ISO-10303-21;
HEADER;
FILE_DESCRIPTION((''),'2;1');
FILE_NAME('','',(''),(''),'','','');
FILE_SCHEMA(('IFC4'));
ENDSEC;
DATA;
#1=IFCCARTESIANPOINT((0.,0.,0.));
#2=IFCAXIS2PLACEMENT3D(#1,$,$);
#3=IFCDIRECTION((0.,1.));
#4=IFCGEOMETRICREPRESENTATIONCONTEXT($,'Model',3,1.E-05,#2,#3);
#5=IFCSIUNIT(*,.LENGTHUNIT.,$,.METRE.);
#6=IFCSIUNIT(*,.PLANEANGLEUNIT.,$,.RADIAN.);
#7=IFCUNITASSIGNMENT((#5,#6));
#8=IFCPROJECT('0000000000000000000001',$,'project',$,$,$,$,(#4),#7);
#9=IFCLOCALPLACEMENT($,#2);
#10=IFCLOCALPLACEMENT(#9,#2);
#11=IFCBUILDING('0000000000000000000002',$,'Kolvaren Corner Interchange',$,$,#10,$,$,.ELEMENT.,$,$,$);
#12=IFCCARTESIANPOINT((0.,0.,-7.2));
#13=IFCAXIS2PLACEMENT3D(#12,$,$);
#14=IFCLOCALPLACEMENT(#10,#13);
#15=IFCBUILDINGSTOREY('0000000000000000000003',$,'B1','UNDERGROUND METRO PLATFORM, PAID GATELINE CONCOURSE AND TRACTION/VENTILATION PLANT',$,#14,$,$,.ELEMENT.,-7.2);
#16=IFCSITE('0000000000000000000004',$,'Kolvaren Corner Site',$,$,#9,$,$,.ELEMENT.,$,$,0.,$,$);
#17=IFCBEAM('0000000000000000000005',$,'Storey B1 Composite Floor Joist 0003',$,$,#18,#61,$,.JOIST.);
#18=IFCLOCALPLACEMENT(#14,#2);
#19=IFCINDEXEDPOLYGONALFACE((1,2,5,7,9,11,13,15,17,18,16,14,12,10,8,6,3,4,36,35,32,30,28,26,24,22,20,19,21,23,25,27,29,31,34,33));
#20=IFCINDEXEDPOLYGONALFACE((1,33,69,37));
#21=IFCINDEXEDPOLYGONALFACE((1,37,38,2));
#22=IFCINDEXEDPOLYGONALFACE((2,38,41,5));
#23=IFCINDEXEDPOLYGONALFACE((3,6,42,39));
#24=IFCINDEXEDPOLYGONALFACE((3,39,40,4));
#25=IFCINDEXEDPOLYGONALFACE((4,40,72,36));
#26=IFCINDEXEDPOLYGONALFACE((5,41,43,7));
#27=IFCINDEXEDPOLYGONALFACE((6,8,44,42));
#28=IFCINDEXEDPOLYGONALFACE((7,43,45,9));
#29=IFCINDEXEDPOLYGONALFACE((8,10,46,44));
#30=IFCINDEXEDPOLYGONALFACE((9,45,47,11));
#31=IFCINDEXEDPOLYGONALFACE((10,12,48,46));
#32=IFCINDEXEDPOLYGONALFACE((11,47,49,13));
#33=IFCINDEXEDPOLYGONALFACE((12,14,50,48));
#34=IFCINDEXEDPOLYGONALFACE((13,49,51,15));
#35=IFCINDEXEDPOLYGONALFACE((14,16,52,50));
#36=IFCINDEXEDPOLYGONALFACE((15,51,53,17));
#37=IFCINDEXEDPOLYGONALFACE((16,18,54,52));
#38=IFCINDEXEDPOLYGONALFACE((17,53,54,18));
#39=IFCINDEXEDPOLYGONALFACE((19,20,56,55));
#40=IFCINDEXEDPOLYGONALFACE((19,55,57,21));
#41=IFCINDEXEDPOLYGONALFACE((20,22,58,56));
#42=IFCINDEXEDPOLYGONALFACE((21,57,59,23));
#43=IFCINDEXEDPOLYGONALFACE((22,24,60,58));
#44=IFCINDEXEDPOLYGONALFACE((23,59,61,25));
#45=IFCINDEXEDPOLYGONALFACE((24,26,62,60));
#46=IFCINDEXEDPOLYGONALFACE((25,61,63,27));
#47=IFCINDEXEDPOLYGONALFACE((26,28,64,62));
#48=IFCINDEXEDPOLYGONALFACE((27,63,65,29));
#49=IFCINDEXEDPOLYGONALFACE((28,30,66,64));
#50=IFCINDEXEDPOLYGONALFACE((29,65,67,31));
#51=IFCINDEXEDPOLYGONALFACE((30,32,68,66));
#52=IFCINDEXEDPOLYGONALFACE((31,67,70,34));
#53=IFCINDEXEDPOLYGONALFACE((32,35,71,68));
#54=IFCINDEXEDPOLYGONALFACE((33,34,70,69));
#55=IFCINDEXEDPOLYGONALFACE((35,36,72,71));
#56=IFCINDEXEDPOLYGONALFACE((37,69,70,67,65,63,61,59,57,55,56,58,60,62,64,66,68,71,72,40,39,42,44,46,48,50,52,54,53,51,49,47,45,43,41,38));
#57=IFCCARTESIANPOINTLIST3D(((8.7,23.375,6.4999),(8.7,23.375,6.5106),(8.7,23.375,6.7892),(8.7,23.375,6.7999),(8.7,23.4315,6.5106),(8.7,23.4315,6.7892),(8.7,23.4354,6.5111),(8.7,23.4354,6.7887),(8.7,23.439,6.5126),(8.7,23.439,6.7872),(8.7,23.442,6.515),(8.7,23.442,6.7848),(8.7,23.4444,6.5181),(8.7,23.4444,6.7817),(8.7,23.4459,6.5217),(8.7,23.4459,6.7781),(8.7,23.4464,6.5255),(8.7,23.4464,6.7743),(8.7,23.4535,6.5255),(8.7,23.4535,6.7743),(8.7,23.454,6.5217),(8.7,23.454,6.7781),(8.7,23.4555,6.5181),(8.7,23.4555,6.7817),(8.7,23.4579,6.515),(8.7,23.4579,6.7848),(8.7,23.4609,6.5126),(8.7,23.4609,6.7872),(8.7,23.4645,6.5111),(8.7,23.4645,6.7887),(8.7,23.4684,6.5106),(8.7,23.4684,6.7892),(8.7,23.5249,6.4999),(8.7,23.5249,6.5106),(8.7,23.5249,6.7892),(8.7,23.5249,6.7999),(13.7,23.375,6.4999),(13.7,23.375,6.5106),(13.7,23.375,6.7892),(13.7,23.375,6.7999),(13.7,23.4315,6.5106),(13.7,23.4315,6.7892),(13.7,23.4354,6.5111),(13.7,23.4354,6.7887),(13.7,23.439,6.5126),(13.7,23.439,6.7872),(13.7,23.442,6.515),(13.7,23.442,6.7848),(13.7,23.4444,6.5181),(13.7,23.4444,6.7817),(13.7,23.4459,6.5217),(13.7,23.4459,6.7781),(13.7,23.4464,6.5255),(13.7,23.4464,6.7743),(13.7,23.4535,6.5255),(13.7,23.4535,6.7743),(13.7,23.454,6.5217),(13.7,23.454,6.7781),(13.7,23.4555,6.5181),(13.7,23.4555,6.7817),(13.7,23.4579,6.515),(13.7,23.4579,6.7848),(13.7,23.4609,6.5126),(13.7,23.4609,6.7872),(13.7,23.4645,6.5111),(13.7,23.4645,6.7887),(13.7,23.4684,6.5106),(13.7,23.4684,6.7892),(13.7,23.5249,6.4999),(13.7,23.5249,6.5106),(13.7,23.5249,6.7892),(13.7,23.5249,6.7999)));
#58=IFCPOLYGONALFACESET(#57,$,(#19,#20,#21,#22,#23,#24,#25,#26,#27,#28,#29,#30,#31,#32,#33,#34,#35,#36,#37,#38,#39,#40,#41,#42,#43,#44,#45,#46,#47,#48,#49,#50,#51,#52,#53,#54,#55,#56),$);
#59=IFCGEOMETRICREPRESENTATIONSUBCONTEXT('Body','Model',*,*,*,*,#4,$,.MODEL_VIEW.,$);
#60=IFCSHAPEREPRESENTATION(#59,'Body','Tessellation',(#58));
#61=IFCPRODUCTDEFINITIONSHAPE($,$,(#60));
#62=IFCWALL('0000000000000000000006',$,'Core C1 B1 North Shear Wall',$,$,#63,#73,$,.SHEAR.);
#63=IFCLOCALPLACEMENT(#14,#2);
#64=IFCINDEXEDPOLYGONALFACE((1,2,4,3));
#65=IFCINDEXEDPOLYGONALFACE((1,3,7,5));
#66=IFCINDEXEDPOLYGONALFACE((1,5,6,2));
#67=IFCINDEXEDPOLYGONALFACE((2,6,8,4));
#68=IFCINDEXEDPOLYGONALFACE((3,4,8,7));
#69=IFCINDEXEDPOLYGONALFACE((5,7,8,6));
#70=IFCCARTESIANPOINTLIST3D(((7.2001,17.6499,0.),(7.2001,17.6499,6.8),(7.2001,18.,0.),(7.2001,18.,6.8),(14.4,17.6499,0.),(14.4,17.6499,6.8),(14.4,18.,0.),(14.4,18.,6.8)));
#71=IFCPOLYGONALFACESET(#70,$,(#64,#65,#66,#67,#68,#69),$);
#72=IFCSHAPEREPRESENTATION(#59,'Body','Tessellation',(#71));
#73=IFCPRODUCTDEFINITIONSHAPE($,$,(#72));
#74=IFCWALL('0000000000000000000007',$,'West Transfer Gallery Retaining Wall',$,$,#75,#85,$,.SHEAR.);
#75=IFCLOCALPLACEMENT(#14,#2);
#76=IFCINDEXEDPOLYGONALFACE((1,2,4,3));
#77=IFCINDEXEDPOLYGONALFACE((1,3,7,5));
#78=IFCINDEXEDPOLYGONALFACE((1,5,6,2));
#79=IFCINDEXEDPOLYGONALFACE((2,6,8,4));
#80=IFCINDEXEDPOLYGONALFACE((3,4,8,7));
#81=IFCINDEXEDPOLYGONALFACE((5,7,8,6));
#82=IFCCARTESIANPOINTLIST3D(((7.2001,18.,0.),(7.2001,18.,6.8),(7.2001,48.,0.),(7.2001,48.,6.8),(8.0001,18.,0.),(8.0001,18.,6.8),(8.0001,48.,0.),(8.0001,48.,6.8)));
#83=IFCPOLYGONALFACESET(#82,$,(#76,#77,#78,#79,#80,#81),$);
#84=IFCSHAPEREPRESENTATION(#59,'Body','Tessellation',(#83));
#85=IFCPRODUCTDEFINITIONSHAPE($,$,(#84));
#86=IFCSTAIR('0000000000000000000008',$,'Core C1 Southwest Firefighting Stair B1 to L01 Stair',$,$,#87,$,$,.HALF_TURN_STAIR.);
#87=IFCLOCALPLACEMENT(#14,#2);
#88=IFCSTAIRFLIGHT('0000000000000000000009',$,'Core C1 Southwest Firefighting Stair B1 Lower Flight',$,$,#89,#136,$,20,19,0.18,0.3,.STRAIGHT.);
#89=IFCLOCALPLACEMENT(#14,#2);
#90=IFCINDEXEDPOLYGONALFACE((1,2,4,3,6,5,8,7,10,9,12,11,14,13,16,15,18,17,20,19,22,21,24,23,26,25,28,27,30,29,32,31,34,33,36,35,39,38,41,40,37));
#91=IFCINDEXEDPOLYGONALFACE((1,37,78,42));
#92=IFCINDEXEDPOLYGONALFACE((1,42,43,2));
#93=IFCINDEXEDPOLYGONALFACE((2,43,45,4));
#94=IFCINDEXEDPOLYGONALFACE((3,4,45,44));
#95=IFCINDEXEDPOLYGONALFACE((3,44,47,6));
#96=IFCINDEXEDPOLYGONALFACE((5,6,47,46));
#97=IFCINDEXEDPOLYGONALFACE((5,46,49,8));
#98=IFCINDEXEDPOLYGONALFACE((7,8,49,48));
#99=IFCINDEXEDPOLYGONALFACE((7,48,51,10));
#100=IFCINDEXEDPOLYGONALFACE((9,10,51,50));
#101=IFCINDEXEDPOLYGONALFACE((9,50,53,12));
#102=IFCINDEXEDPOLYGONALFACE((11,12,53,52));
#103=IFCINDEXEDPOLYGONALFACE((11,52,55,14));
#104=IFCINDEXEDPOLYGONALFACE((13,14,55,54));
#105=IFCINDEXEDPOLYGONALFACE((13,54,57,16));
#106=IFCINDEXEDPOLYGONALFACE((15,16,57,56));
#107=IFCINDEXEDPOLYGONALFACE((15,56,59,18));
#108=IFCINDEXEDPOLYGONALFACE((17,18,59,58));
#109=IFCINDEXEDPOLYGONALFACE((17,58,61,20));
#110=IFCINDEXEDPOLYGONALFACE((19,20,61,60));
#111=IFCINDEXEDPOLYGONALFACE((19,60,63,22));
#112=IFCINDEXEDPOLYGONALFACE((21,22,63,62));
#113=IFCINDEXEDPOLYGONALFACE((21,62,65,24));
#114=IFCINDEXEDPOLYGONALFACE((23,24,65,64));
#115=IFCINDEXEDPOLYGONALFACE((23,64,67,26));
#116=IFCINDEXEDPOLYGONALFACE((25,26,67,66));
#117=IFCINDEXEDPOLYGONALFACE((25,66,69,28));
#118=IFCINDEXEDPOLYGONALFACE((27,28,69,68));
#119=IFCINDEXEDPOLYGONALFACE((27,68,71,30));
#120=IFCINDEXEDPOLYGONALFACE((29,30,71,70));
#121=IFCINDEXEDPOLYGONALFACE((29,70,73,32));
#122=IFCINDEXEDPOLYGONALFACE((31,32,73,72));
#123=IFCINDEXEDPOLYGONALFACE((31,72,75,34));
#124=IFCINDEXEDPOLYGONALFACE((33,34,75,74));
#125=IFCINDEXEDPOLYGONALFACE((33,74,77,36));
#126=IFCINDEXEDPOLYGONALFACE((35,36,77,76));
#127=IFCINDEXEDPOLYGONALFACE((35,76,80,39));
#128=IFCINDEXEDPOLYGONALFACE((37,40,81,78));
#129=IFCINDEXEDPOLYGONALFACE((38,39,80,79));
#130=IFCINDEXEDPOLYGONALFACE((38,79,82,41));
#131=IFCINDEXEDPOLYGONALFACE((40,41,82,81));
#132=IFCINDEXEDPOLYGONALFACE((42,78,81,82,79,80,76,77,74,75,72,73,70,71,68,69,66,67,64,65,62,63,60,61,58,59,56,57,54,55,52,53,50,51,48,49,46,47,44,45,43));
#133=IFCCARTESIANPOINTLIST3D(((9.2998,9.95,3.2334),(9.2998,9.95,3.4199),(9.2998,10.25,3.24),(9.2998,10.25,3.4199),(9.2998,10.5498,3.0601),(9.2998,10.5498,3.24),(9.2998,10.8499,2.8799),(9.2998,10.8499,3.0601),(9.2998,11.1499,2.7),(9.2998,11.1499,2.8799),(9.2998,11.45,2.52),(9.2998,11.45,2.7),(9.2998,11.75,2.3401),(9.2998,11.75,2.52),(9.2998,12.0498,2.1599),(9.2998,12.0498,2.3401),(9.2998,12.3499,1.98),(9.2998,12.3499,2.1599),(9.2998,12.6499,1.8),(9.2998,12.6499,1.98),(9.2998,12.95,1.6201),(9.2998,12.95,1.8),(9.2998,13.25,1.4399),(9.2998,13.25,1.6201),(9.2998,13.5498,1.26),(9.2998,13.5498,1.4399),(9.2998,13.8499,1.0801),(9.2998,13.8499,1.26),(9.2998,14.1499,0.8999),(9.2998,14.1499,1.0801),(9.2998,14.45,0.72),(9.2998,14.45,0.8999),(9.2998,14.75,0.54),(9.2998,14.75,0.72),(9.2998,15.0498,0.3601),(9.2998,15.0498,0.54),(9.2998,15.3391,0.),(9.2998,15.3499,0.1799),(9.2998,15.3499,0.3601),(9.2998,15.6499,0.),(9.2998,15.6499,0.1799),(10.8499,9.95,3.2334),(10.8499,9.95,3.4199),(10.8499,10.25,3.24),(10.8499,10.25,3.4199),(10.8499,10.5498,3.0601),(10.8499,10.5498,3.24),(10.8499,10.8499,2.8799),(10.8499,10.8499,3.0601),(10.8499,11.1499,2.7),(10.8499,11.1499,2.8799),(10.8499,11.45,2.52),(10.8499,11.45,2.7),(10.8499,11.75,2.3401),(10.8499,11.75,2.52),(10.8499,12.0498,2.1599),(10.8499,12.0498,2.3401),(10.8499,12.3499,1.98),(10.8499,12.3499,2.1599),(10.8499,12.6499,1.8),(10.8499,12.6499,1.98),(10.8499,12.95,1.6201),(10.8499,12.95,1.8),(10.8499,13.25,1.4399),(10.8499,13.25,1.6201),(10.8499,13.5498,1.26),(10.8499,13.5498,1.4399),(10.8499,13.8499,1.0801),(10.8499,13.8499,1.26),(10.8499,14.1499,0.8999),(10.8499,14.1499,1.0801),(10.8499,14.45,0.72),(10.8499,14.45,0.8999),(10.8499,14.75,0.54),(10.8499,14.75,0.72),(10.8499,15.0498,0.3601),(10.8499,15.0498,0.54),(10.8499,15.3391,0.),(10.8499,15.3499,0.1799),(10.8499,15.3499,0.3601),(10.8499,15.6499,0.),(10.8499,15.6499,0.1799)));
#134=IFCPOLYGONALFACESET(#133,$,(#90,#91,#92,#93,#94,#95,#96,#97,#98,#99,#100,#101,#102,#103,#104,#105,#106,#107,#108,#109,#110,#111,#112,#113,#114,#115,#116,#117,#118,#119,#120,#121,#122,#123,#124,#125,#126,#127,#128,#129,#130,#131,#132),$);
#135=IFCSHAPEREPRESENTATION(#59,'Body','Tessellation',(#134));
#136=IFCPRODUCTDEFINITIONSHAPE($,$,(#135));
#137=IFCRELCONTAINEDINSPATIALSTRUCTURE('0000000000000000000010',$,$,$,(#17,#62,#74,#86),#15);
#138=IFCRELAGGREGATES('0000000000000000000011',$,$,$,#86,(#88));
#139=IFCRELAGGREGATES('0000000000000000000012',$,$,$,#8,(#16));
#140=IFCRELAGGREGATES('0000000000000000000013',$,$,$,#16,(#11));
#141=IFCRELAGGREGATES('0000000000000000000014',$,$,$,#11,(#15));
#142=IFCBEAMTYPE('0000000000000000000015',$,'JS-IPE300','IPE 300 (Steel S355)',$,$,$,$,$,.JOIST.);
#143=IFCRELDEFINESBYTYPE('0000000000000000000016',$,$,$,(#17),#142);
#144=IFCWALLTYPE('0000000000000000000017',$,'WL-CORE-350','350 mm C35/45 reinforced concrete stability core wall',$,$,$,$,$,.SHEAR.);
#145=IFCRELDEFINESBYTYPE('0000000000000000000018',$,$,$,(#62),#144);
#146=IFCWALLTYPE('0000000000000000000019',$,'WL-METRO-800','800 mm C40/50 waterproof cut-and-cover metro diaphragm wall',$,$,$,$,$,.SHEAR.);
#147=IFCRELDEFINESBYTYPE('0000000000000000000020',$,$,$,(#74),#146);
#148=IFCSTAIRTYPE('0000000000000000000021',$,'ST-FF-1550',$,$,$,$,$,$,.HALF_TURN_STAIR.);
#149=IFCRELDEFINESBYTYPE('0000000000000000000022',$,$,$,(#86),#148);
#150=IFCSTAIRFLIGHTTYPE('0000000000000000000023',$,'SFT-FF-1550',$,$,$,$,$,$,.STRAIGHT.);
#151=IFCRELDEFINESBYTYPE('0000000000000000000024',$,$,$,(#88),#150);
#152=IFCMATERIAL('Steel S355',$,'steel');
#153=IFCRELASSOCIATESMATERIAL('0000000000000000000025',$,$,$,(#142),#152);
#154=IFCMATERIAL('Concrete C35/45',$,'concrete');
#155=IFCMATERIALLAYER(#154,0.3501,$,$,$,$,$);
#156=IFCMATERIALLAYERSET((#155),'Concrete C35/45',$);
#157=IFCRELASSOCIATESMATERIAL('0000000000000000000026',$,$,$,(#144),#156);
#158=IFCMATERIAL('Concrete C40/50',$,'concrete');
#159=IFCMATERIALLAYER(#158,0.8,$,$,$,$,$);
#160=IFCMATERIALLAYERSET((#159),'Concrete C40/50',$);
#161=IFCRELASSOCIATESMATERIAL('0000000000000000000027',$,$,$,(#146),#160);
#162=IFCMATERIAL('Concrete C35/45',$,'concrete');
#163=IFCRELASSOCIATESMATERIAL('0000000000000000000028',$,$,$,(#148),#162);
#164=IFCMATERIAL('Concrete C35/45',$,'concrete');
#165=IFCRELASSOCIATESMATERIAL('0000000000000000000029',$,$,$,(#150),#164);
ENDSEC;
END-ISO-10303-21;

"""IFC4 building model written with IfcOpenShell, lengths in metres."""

from ifc_helpers import new_model, si_unit, direction, frame, frame_2d, origin, origin_2d, place, context, subcontext, project, spatial, polyline, rectangle, i_section, outline, extrude, material, layer, layer_set, material_profile, profile_set, type_object, element, aggregate, save


model = new_model("IFC4")

# Units and contexts
model_context = context("Model", 3, precision=1e-05, world=origin(), true_north=direction((0.0, 1.0)))
body_context = subcontext(model_context, "Body", "Model", "MODEL_VIEW")
ifc_project = project(units=[si_unit("LENGTHUNIT", "METRE"), si_unit("PLANEANGLEUNIT", "RADIAN")], contexts=[model_context])

# Site, building, storey
site_placement = place(None, origin())
site = spatial("IfcSite", under=ifc_project, at=site_placement, Name="Kolvaren Corner Site", CompositionType="ELEMENT", RefElevation=0.0)
building_placement = place(site_placement, origin())
building = spatial("IfcBuilding", under=site, at=building_placement, Name="Kolvaren Corner Interchange", CompositionType="ELEMENT")
storey_placement = place(building_placement, frame((0.0, 0.0, -7.2)))
storey = spatial("IfcBuildingStorey", under=building, at=storey_placement, Name="B1", Description="UNDERGROUND METRO PLATFORM, PAID GATELINE CONCOURSE AND TRACTION/VENTILATION PLANT", CompositionType="ELEMENT", Elevation=-7.2)

# Beam
ifc_material_1 = material(Name="Steel S355", Category="steel")
ifc_material_profile_1 = material_profile(ifc_material_1, i_section(OverallWidth=0.1499, OverallDepth=0.3, WebThickness=0.0071, FlangeThickness=0.0107, FilletRadius=0.0149, at=origin_2d()), Name="IPE 300")
ifc_profile_set_1 = profile_set([ifc_material_profile_1], Name="Steel S355")
beam_type_1 = type_object("IfcBeamType", Name="JS-IPE300", Description="IPE 300 (Steel S355)", PredefinedType="JOIST", material=ifc_profile_set_1)
for number, where, z_axis, x_axis, name in (
    (1, (8.7, 23.45, 6.6499), (1.0, 0.0, 0.0), (0.0, 1.0, 0.0), "Storey B1 Composite Floor Joist 0003"),
):
    element("IfcBeam", number, at=place(storey_placement, frame(where, z_axis=z_axis, x_axis=x_axis)), inside=storey, type_object=beam_type_1, Name=name, PredefinedType="JOIST", context=body_context, shape_type="SweptSolid", body=[
        extrude(i_section(OverallWidth=0.1499, OverallDepth=0.3, WebThickness=0.0071, FlangeThickness=0.0107, FilletRadius=0.0149, at=origin_2d()), origin(), (0.0, 0.0, 1.0), 5.0),
    ])

# Walls
ifc_material_2 = material(Name="Concrete C35/45", Category="concrete")
ifc_layer_1 = layer(ifc_material_2, 0.3501)
ifc_layer_set_1 = layer_set([ifc_layer_1], Name="Concrete C35/45")
wall_type_1 = type_object("IfcWallType", Name="WL-CORE-350", Description="350 mm C35/45 reinforced concrete stability core wall", PredefinedType="SHEAR", material=ifc_layer_set_1)
wall_1_placement = place(storey_placement, frame((7.2, 17.825, 0.0), z_axis=(0.0, 0.0, 1.0), x_axis=(1.0, 0.0, 0.0)))
element("IfcWall", 2, at=wall_1_placement, inside=storey, type_object=wall_type_1, Name="Core C1 B1 North Shear Wall", PredefinedType="SHEAR", context=body_context, shape_type="SweptSolid", body=[
    extrude(rectangle(XDim=7.2, YDim=0.3501, at=frame_2d((3.6001, 0.0))), origin(), (0.0, 0.0, 1.0), 6.8),
])
ifc_material_3 = material(Name="Concrete C40/50", Category="concrete")
ifc_layer_2 = layer(ifc_material_3, 0.8)
ifc_layer_set_2 = layer_set([ifc_layer_2], Name="Concrete C40/50")
wall_type_2 = type_object("IfcWallType", Name="WL-METRO-800", Description="800 mm C40/50 waterproof cut-and-cover metro diaphragm wall", PredefinedType="SHEAR", material=ifc_layer_set_2)
wall_2_placement = place(storey_placement, frame((7.6001, 18.0, 0.0), z_axis=(0.0, 0.0, 1.0), x_axis=(0.0, 1.0, 0.0)))
element("IfcWall", 3, at=wall_2_placement, inside=storey, type_object=wall_type_2, Name="West Transfer Gallery Retaining Wall", PredefinedType="SHEAR", context=body_context, shape_type="SweptSolid", body=[
    extrude(rectangle(XDim=30.0, YDim=0.8, at=frame_2d((15.0, 0.0))), origin(), (0.0, 0.0, 1.0), 6.8),
])

# Stair, stair flight
ifc_material_4 = material(Name="Concrete C35/45", Category="concrete")
stair_type = type_object("IfcStairType", Name="ST-FF-1550", PredefinedType="HALF_TURN_STAIR", material=ifc_material_4)
stair_placement = place(storey_placement, origin())
stair = element("IfcStair", 4, at=stair_placement, inside=storey, type_object=stair_type, Name="Core C1 Southwest Firefighting Stair B1 to L01 Stair", PredefinedType="HALF_TURN_STAIR")
ifc_material_5 = material(Name="Concrete C35/45", Category="concrete")
stair_flight_type = type_object("IfcStairFlightType", Name="SFT-FF-1550", PredefinedType="STRAIGHT", material=ifc_material_5)
stair_flight_placement = place(storey_placement, frame((10.075, 15.6499, 0.0), z_axis=(0.0, 0.0, 1.0), x_axis=(0.0, -1.0, 0.0)))
stair_flight = element("IfcStairFlight", 5, at=stair_flight_placement, type_object=stair_flight_type, Name="Core C1 Southwest Firefighting Stair B1 Lower Flight", NumberOfRisers=20, NumberOfTreads=19, PredefinedType="STRAIGHT", RiserHeight=0.18, TreadLength=0.3, context=body_context, shape_type="SweptSolid", body=[
    extrude(outline(polyline([(0.0, 0.0), (0.0, 0.1799), (0.3, 0.1799), (0.3, 0.3601), (0.6001, 0.3601), (0.6001, 0.54), (0.8999, 0.54), (0.8999, 0.72), (1.2, 0.72), (1.2, 0.8999), (1.5, 0.8999), (1.5, 1.0801), (1.8, 1.0801), (1.8, 1.26), (2.1001, 1.26), (2.1001, 1.4399), (2.3999, 1.4399), (2.3999, 1.6201), (2.7, 1.6201), (2.7, 1.8), (3.0, 1.8), (3.0, 1.98), (3.3, 1.98), (3.3, 2.1599), (3.6001, 2.1599), (3.6001, 2.3401), (3.8999, 2.3401), (3.8999, 2.52), (4.2, 2.52), (4.2, 2.7), (4.5, 2.7), (4.5, 2.8799), (4.8, 2.8799), (4.8, 3.0601), (5.1001, 3.0601), (5.1001, 3.24), (5.3999, 3.24), (5.3999, 3.4199), (5.7, 3.4199), (5.7, 3.6001), (5.7, 3.2334), (0.3108, 0.0), (0.0, 0.0)])), frame((0.0, 0.7749, 0.0), z_axis=(0.0, -1.0, 0.0), x_axis=(1.0, 0.0, 0.0)), (0.0, 0.0, 1.0), 1.55),
])
aggregate(stair, [stair_flight])

save(model, "model.ifc")
